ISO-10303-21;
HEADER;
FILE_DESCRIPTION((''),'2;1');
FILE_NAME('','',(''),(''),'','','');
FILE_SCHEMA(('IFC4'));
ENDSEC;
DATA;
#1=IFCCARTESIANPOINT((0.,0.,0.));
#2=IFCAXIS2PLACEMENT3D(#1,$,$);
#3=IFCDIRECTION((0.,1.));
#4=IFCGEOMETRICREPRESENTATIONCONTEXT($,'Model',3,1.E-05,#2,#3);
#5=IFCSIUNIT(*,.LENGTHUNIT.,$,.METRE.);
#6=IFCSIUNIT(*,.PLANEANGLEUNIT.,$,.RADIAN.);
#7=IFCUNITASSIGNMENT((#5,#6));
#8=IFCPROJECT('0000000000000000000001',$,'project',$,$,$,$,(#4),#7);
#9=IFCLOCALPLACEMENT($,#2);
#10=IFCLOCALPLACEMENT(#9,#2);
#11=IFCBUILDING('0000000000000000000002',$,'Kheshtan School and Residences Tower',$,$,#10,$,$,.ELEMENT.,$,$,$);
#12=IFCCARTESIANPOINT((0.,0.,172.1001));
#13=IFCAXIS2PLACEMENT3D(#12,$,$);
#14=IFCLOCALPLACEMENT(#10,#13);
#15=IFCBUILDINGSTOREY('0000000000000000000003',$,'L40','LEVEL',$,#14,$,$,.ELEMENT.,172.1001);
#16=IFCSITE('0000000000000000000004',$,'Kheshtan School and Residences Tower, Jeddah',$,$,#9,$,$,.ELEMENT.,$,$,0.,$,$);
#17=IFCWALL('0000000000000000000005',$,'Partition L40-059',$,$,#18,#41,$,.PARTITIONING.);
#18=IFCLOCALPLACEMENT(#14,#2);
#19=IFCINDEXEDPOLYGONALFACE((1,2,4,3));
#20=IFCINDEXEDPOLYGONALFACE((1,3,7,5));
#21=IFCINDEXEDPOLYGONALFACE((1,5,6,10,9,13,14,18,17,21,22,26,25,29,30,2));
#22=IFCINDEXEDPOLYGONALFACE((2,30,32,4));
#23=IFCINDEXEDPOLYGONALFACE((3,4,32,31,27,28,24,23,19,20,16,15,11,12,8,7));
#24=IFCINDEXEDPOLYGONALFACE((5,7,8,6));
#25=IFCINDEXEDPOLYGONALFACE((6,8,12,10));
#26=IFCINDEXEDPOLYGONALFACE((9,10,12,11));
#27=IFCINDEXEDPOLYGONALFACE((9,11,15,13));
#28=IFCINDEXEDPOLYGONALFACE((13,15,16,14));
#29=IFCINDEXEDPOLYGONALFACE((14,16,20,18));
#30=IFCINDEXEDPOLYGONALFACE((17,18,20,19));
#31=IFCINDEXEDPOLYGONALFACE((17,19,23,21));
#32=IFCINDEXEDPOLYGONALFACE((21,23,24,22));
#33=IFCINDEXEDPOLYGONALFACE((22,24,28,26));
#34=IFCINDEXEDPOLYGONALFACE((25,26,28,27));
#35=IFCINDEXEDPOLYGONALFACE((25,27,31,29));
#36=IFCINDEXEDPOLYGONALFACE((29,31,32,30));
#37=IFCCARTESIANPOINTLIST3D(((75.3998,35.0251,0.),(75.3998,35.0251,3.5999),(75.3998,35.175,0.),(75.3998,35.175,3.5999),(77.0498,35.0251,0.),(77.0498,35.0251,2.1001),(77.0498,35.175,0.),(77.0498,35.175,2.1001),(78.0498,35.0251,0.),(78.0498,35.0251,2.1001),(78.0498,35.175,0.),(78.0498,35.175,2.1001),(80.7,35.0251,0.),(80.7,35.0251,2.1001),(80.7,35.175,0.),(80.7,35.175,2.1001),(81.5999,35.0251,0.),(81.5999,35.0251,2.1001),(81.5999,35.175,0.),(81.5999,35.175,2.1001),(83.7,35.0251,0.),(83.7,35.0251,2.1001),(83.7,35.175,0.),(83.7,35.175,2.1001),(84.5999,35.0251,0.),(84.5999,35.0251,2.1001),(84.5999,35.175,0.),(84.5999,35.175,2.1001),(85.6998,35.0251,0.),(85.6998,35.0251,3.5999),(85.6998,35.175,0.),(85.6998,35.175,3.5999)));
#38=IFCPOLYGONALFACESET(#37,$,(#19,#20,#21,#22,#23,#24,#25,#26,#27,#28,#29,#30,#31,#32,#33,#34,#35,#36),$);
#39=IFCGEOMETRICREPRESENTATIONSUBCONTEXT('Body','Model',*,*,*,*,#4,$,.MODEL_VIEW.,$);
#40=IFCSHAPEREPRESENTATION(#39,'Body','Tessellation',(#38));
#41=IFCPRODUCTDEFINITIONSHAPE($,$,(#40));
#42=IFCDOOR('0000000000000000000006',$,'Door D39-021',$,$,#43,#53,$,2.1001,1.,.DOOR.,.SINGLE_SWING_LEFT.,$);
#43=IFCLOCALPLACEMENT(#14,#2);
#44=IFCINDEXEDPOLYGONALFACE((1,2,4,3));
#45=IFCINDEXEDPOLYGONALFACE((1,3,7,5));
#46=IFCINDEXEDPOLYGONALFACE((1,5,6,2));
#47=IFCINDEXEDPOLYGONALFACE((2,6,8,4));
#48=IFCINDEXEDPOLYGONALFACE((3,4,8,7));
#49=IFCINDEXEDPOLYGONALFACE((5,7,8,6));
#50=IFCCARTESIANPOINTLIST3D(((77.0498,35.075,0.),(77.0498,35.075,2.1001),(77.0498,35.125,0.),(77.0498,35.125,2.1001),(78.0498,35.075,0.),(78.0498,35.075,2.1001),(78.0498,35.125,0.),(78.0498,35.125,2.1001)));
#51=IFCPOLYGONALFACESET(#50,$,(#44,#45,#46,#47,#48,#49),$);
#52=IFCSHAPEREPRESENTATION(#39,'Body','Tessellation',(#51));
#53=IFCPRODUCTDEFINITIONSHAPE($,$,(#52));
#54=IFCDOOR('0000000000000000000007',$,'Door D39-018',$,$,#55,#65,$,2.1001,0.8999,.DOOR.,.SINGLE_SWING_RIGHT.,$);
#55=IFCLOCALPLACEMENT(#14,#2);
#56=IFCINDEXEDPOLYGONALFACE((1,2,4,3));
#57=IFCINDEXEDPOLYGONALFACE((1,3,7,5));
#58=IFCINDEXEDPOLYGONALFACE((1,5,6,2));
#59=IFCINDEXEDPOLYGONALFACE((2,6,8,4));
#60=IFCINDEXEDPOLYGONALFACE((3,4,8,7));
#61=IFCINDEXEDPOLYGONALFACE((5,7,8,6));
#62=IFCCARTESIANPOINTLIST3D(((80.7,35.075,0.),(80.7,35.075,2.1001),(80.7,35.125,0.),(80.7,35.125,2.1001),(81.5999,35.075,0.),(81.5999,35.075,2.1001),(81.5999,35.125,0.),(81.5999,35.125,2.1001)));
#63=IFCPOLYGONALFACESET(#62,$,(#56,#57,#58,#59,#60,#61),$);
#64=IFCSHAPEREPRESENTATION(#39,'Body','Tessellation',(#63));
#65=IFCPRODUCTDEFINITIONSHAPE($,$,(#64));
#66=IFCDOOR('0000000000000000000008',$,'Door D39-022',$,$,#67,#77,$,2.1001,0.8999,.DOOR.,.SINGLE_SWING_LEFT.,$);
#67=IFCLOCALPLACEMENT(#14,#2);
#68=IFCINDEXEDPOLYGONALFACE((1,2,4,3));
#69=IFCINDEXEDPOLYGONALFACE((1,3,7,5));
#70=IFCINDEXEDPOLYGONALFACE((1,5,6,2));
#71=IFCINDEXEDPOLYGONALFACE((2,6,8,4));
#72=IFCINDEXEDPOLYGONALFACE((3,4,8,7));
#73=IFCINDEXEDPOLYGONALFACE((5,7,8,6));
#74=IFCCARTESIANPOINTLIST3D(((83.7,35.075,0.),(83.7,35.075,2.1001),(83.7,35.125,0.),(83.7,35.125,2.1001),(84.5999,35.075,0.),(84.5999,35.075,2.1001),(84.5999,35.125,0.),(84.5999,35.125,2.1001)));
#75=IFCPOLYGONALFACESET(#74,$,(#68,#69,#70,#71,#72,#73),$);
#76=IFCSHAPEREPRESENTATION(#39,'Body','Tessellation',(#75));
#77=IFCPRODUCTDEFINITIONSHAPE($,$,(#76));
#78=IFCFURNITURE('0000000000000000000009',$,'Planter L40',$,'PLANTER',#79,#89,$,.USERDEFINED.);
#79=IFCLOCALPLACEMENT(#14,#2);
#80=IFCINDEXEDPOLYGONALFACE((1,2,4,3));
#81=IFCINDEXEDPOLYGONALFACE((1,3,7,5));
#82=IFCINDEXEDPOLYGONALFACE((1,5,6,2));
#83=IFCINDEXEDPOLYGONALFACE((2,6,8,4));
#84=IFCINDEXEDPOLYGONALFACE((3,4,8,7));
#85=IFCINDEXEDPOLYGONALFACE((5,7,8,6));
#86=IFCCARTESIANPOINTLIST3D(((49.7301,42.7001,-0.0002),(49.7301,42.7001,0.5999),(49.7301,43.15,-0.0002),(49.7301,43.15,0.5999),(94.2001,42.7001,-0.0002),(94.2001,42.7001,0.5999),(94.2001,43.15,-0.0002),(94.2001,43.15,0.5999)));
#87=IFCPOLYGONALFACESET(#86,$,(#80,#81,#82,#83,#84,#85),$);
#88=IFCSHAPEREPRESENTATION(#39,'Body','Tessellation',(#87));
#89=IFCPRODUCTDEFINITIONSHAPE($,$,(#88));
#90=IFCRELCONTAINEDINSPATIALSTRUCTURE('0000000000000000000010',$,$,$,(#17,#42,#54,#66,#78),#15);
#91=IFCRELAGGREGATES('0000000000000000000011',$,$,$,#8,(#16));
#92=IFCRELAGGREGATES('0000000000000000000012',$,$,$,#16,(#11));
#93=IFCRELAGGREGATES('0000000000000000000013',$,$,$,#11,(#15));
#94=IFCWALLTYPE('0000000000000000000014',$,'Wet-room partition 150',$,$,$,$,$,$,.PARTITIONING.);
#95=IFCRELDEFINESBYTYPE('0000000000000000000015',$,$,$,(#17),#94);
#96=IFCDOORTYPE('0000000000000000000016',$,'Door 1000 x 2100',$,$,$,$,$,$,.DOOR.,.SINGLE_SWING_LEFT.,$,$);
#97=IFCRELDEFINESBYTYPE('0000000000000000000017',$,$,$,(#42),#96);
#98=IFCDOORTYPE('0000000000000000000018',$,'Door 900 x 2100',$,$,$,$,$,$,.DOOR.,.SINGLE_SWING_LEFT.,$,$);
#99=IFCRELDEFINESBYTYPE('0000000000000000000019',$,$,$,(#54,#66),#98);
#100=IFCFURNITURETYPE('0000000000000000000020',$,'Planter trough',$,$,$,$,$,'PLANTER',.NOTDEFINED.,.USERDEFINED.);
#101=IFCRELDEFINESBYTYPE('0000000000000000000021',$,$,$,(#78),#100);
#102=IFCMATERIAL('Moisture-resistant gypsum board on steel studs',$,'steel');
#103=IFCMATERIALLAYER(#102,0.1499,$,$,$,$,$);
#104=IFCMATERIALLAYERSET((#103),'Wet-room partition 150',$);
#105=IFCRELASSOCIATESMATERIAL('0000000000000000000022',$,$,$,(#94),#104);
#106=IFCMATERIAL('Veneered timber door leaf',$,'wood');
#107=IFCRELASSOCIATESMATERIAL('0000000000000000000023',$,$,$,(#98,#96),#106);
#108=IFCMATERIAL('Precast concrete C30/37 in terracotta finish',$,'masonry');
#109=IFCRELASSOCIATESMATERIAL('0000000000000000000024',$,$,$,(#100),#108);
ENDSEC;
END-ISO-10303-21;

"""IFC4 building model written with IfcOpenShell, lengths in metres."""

from ifc_helpers import new_model, si_unit, direction, frame, frame_2d, origin, origin_2d, place, context, subcontext, project, spatial, rectangle, extrude, source, transform, mapped, material, layer, layer_set, type_object, element, fill, save


model = new_model("IFC4")

# Units and contexts
model_context = context("Model", 3, precision=1e-05, world=origin(), true_north=direction((0.0, 1.0)))
body_context = subcontext(model_context, "Body", "Model", "MODEL_VIEW")
ifc_project = project(units=[si_unit("LENGTHUNIT", "METRE"), si_unit("PLANEANGLEUNIT", "RADIAN")], contexts=[model_context])

# Site, building, storey
site_placement = place(None, origin())
site = spatial("IfcSite", under=ifc_project, at=site_placement, Name="Kheshtan School and Residences Tower, Jeddah", CompositionType="ELEMENT", RefElevation=0.0)
building_placement = place(site_placement, origin())
building = spatial("IfcBuilding", under=site, at=building_placement, Name="Kheshtan School and Residences Tower", CompositionType="ELEMENT")
storey_placement = place(building_placement, frame((0.0, 0.0, 172.1001)))
storey = spatial("IfcBuildingStorey", under=building, at=storey_placement, Name="L40", Description="LEVEL", CompositionType="ELEMENT", Elevation=172.1001)

# Shared definitions
ifc_material_1 = material(Name="Moisture-resistant gypsum board on steel studs", Category="steel")
ifc_layer_1 = layer(ifc_material_1, 0.1499)
ifc_layer_set_1 = layer_set([ifc_layer_1], Name="Wet-room partition 150")
wall_type_1 = type_object("IfcWallType", Name="Wet-room partition 150", PredefinedType="PARTITIONING", material=ifc_layer_set_1)

# Shared definitions
ifc_material_2 = material(Name="Veneered timber door leaf", Category="wood")

# Wall, openings, doors
door_type_1 = type_object("IfcDoorType", Name="Door 900 x 2100", OperationType="SINGLE_SWING_LEFT", PredefinedType="DOOR", material=ifc_material_2)
shared_shape_1 = source(origin(), body_context, "Body", "SweptSolid", [
    extrude(rectangle(XDim=0.8999, YDim=2.1001, at=frame_2d((0.45, 1.05))), frame((0.0, 0.0249, 0.0), z_axis=(0.0, -1.0, 0.0), x_axis=(1.0, 0.0, 0.0)), (0.0, 0.0, 1.0), 0.05),
])
wall_1_placement = place(storey_placement, frame((75.3999, 35.1001, 0.0), z_axis=(0.0, 0.0, 1.0), x_axis=(1.0, 0.0, 0.0)))
wall_1 = element("IfcWall", 1, at=wall_1_placement, inside=storey, type_object=wall_type_1, Name="Partition L40-059", PredefinedType="PARTITIONING", context=body_context, shape_type="SweptSolid", body=[
    extrude(rectangle(XDim=10.3, YDim=0.1499, at=frame_2d((5.1499, 0.0))), origin(), (0.0, 0.0, 1.0), 3.5999),
])
opening_1_placement = place(wall_1_placement, frame((5.3, 0.0, 0.0)))
opening_1 = element("IfcOpeningElement", 2, at=opening_1_placement, cuts=wall_1, PredefinedType="OPENING", context=body_context, shape_type="SweptSolid", body=[
    extrude(rectangle(XDim=0.8999, YDim=2.1001, at=frame_2d((0.45, 1.05))), frame((0.0, 0.085, 0.0), z_axis=(0.0, -1.0, 0.0), x_axis=(1.0, 0.0, 0.0)), (0.0, 0.0, 1.0), 0.1699),
])
opening_2_placement = place(wall_1_placement, frame((1.6499, 0.0, 0.0)))
opening_2 = element("IfcOpeningElement", 3, at=opening_2_placement, cuts=wall_1, PredefinedType="OPENING", context=body_context, shape_type="SweptSolid", body=[
    extrude(rectangle(XDim=1.0, YDim=2.1001, at=frame_2d((0.5, 1.05))), frame((0.0, 0.085, 0.0), z_axis=(0.0, -1.0, 0.0), x_axis=(1.0, 0.0, 0.0)), (0.0, 0.0, 1.0), 0.1699),
])
opening_3_placement = place(wall_1_placement, frame((8.3, 0.0, 0.0)))
opening_3 = element("IfcOpeningElement", 4, at=opening_3_placement, cuts=wall_1, PredefinedType="OPENING", context=body_context, shape_type="SweptSolid", body=[
    extrude(rectangle(XDim=0.8999, YDim=2.1001, at=frame_2d((0.45, 1.05))), frame((0.0, 0.085, 0.0), z_axis=(0.0, -1.0, 0.0), x_axis=(1.0, 0.0, 0.0)), (0.0, 0.0, 1.0), 0.1699),
])
door_type_2 = type_object("IfcDoorType", Name="Door 1000 x 2100", OperationType="SINGLE_SWING_LEFT", PredefinedType="DOOR", material=ifc_material_2)
shared_shape_2 = source(origin(), body_context, "Body", "SweptSolid", [
    extrude(rectangle(XDim=1.0, YDim=2.1001, at=frame_2d((0.5, 1.05))), frame((0.0, 0.0249, 0.0), z_axis=(0.0, -1.0, 0.0), x_axis=(1.0, 0.0, 0.0)), (0.0, 0.0, 1.0), 0.05),
])
door_1_placement = place(opening_2_placement, origin())
door_1 = element("IfcDoor", 5, at=door_1_placement, inside=storey, type_object=door_type_2, Name="Door D39-021", OperationType="SINGLE_SWING_LEFT", OverallHeight=2.1001, OverallWidth=1.0, PredefinedType="DOOR", context=body_context, shape_type="MappedRepresentation", body=[
    mapped(shared_shape_2, transform((0.0, 0.0, 0.0), x_axis=(1.0, 0.0, 0.0), y_axis=(0.0, 1.0, 0.0), z_axis=(0.0, 0.0, 1.0), scale=1.0)),
])
fill(opening_2, door_1)
door_2_placement = place(opening_1_placement, origin())
door_2 = element("IfcDoor", 6, at=door_2_placement, inside=storey, type_object=door_type_1, Name="Door D39-018", OperationType="SINGLE_SWING_RIGHT", OverallHeight=2.1001, OverallWidth=0.8999, PredefinedType="DOOR", context=body_context, shape_type="MappedRepresentation", body=[
    mapped(shared_shape_1, transform((0.0, 0.0, 0.0), x_axis=(1.0, 0.0, 0.0), y_axis=(0.0, 1.0, 0.0), z_axis=(0.0, 0.0, 1.0), scale=1.0)),
])
fill(opening_1, door_2)
door_3_placement = place(opening_3_placement, origin())
door_3 = element("IfcDoor", 7, at=door_3_placement, inside=storey, type_object=door_type_1, Name="Door D39-022", OperationType="SINGLE_SWING_LEFT", OverallHeight=2.1001, OverallWidth=0.8999, PredefinedType="DOOR", context=body_context, shape_type="MappedRepresentation", body=[
    mapped(shared_shape_1, transform((0.0, 0.0, 0.0), x_axis=(1.0, 0.0, 0.0), y_axis=(0.0, 1.0, 0.0), z_axis=(0.0, 0.0, 1.0), scale=1.0)),
])
fill(opening_3, door_3)

# Furniture
ifc_material_3 = material(Name="Precast concrete C30/37 in terracotta finish", Category="masonry")
furniture_type = type_object("IfcFurnitureType", Name="Planter trough", ElementType="PLANTER", AssemblyPlace="NOTDEFINED", PredefinedType="USERDEFINED", material=ifc_material_3)
furniture_placement = place(storey_placement, frame((71.9651, 42.925, -0.0002), z_axis=(0.0, 0.0, 1.0), x_axis=(1.0, 0.0, 0.0)))
element("IfcFurniture", 8, at=furniture_placement, inside=storey, type_object=furniture_type, Name="Planter L40", ObjectType="PLANTER", PredefinedType="USERDEFINED", context=body_context, shape_type="SweptSolid", body=[
    extrude(rectangle(XDim=44.47, YDim=0.45, at=origin_2d()), origin(), (0.0, 0.0, 1.0), 0.6001),
])

save(model, "model.ifc")
